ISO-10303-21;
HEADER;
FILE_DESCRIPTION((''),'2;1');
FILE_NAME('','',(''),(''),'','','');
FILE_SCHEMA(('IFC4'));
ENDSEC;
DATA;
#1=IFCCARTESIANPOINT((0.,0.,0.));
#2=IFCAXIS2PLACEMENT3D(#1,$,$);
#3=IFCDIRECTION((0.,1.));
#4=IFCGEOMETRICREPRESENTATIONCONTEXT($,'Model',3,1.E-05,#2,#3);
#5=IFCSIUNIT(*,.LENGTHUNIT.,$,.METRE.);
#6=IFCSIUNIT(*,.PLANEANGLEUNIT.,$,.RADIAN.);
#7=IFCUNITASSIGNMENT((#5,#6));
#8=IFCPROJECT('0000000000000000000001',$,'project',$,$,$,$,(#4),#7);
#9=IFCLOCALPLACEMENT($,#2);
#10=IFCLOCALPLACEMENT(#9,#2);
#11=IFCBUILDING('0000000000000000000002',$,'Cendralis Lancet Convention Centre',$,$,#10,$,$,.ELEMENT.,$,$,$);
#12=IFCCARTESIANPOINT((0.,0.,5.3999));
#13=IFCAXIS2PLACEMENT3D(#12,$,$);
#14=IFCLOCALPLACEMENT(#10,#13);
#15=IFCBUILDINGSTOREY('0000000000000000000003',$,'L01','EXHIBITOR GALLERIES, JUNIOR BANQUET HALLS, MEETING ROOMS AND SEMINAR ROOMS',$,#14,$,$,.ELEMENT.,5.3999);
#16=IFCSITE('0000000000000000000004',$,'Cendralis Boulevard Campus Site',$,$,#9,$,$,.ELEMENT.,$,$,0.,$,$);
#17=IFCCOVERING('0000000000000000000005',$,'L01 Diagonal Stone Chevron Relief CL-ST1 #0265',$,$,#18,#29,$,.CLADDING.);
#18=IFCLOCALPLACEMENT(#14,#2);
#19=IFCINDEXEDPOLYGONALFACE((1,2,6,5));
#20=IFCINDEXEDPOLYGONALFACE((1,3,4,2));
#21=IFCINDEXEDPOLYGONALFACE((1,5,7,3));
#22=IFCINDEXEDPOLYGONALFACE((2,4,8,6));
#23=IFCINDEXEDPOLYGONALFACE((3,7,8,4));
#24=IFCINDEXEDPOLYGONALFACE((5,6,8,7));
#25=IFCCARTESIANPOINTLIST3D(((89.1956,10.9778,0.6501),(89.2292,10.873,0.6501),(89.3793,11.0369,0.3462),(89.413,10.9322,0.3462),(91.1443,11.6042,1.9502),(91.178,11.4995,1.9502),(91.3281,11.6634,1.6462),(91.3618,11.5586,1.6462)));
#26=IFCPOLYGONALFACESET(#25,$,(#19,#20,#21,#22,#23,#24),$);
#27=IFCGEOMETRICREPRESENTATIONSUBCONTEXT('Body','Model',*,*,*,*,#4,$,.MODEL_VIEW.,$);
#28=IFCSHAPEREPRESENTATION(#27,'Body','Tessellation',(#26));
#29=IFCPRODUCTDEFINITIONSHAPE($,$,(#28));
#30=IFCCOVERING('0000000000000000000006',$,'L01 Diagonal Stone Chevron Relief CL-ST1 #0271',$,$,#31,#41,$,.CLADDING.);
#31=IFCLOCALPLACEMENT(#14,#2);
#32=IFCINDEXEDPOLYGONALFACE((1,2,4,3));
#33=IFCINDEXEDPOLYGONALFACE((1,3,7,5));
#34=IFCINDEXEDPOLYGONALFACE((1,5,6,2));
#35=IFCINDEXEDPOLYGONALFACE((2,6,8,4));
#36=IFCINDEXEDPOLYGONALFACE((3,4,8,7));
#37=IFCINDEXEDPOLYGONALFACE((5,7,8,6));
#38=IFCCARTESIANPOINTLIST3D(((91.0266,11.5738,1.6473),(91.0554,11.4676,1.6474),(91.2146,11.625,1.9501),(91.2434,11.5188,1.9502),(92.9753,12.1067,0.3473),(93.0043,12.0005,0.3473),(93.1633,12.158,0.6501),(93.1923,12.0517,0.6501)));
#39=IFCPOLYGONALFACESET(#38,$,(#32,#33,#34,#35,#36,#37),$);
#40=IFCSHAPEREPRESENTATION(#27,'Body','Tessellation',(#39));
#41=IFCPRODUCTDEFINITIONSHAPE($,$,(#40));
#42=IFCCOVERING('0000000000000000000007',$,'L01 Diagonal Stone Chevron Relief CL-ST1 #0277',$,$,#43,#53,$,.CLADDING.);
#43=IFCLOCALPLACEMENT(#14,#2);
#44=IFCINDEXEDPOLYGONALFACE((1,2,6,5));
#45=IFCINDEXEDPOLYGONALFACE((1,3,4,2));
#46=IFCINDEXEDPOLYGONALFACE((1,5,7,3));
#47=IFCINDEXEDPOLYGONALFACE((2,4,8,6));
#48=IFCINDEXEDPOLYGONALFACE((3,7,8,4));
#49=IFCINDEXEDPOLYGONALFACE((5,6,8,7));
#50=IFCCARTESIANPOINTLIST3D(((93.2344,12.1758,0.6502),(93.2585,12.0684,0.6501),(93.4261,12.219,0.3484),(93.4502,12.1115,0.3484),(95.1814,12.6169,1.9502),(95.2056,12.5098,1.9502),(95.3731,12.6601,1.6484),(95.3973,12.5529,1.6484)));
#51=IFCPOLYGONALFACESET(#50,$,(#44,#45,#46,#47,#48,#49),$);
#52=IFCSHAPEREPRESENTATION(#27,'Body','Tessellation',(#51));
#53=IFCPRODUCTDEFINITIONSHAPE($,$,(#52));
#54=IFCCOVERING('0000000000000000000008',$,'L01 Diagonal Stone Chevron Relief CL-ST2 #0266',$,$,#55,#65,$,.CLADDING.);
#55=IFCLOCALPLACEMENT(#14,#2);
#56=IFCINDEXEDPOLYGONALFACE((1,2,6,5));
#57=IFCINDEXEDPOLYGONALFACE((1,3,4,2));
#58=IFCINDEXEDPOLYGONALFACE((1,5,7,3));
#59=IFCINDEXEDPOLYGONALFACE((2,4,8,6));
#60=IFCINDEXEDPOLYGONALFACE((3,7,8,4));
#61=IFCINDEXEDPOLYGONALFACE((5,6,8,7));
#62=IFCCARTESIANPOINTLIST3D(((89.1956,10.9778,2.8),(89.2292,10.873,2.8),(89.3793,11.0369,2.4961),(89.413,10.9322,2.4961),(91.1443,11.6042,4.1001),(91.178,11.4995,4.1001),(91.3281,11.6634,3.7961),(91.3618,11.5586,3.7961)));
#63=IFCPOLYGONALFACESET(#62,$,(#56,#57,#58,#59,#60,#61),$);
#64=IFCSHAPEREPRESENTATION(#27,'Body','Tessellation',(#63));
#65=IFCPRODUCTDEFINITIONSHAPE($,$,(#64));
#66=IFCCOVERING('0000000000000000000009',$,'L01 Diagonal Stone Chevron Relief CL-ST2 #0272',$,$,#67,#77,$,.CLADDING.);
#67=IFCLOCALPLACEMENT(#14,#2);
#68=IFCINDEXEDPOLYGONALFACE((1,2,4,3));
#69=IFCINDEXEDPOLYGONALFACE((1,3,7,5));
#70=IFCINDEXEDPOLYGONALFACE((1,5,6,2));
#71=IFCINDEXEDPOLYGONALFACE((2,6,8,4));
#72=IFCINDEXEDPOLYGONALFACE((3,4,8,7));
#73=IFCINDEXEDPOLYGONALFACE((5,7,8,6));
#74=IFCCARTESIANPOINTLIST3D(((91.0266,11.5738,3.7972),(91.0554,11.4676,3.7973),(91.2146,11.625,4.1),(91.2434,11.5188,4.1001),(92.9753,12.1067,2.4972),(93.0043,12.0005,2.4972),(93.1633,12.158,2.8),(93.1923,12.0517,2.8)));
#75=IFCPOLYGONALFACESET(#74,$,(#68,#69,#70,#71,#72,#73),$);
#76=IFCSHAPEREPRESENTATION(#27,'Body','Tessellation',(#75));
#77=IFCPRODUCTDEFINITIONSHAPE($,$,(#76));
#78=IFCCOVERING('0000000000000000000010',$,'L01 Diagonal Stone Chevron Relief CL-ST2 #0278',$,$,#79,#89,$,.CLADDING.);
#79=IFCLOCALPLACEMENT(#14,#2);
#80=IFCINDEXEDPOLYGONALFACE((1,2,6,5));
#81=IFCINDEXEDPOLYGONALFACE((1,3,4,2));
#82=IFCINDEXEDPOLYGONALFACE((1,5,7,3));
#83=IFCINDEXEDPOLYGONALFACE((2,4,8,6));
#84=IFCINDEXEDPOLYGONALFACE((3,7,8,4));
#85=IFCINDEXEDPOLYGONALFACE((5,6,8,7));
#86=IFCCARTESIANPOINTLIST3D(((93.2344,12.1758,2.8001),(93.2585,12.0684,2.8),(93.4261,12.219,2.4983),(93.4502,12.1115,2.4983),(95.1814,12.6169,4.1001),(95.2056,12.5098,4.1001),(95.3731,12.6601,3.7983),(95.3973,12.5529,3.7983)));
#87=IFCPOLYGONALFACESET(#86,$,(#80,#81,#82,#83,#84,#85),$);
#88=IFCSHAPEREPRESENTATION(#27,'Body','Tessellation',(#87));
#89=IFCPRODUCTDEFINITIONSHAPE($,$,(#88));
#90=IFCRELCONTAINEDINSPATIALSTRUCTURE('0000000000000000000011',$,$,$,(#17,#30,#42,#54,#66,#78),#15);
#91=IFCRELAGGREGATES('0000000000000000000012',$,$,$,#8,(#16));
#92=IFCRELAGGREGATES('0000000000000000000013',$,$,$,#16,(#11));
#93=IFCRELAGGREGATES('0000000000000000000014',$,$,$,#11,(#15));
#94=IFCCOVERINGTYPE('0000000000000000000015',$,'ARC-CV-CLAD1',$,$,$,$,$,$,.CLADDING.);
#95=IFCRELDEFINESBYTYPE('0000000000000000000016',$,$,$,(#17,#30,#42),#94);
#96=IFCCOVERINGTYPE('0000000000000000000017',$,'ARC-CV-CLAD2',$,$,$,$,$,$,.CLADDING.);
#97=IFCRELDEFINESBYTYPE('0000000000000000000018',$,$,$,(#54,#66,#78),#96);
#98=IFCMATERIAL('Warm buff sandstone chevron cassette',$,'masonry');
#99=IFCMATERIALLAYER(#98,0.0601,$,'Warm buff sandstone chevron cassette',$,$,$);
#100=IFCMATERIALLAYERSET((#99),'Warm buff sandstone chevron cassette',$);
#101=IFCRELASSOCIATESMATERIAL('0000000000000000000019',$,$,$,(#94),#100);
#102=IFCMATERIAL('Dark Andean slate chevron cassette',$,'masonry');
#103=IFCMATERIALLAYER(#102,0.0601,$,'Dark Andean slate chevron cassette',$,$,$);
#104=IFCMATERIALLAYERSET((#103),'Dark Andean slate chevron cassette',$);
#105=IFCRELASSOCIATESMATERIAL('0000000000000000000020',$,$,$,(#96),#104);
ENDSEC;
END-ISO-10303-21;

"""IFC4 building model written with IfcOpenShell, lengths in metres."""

from ifc_helpers import new_model, si_unit, direction, frame, origin, place, context, subcontext, project, spatial, polyline, outline, extrude, material, layer, layer_set, type_object, element, save


model = new_model("IFC4")

# Units and contexts
model_context = context("Model", 3, precision=1e-05, world=origin(), true_north=direction((0.0, 1.0)))
body_context = subcontext(model_context, "Body", "Model", "MODEL_VIEW")
ifc_project = project(units=[si_unit("LENGTHUNIT", "METRE"), si_unit("PLANEANGLEUNIT", "RADIAN")], contexts=[model_context])

# Site, building, storey
site_placement = place(None, origin())
site = spatial("IfcSite", under=ifc_project, at=site_placement, Name="Cendralis Boulevard Campus Site", CompositionType="ELEMENT", RefElevation=0.0)
building_placement = place(site_placement, origin())
building = spatial("IfcBuilding", under=site, at=building_placement, Name="Cendralis Lancet Convention Centre", CompositionType="ELEMENT")
storey_placement = place(building_placement, frame((0.0, 0.0, 5.3999)))
storey = spatial("IfcBuildingStorey", under=building, at=storey_placement, Name="L01", Description="EXHIBITOR GALLERIES, JUNIOR BANQUET HALLS, MEETING ROOMS AND SEMINAR ROOMS", CompositionType="ELEMENT", Elevation=5.3999)

# Shared definitions
ifc_material_1 = material(Name="Warm buff sandstone chevron cassette", Category="masonry")

# Coverings
ifc_layer_1 = layer(ifc_material_1, 0.0601, Name="Warm buff sandstone chevron cassette")
ifc_layer_set_1 = layer_set([ifc_layer_1], Name="Warm buff sandstone chevron cassette")
covering_type_1 = type_object("IfcCoveringType", Name="ARC-CV-CLAD1", PredefinedType="CLADDING", material=ifc_layer_set_1)
covering_1_placement = place(storey_placement, frame((89.2292, 10.873, 0.6501), z_axis=(-0.510369, -0.164175, 0.844139), x_axis=(0.803634, 0.258347, 0.536125)))
element("IfcCovering", 1, at=covering_1_placement, inside=storey, type_object=covering_type_1, Name="L01 Diagonal Stone Chevron Relief CL-ST1 #0265", PredefinedType="CLADDING", context=body_context, shape_type="SweptSolid", body=[
    extrude(outline(polyline([(0.0, 0.0), (2.4249, 0.0), (2.4249, 0.11), (0.0, 0.11), (0.0, 0.0)])), origin(), (0.0, 0.0, -1.0), 0.3601),
])
covering_2_placement = place(storey_placement, frame((91.2434, 11.5188, 1.9502), z_axis=(0.522089, 0.142224, 0.840949), x_axis=(0.811167, 0.221819, -0.541114)))
element("IfcCovering", 2, at=covering_2_placement, inside=storey, type_object=covering_type_1, Name="L01 Diagonal Stone Chevron Relief CL-ST1 #0271", PredefinedType="CLADDING", context=body_context, shape_type="SweptSolid", body=[
    extrude(outline(polyline([(0.0, 0.0), (2.4026, 0.0), (2.4026, 0.1101), (0.0002, 0.11), (0.0, 0.0)])), origin(), (0.0, 0.0, -1.0), 0.3601),
])
covering_3_placement = place(storey_placement, frame((93.2585, 12.0684, 0.6501), z_axis=(-0.532354, -0.119916, 0.837985), x_axis=(0.817247, 0.185277, 0.545692)))
element("IfcCovering", 3, at=covering_3_placement, inside=storey, type_object=covering_type_1, Name="L01 Diagonal Stone Chevron Relief CL-ST1 #0277", PredefinedType="CLADDING", context=body_context, shape_type="SweptSolid", body=[
    extrude(outline(polyline([(0.0, 0.0), (2.3824, 0.0), (2.3825, 0.1099), (0.0001, 0.1101), (0.0, 0.0)])), origin(), (0.0, 0.0, -1.0), 0.3601),
])
ifc_material_2 = material(Name="Dark Andean slate chevron cassette", Category="masonry")
ifc_layer_2 = layer(ifc_material_2, 0.0601, Name="Dark Andean slate chevron cassette")
ifc_layer_set_2 = layer_set([ifc_layer_2], Name="Dark Andean slate chevron cassette")
covering_type_2 = type_object("IfcCoveringType", Name="ARC-CV-CLAD2", PredefinedType="CLADDING", material=ifc_layer_set_2)
covering_4_placement = place(storey_placement, frame((89.2292, 10.873, 2.8), z_axis=(-0.510369, -0.164175, 0.844139), x_axis=(0.803634, 0.258347, 0.536125)))
element("IfcCovering", 4, at=covering_4_placement, inside=storey, type_object=covering_type_2, Name="L01 Diagonal Stone Chevron Relief CL-ST2 #0266", PredefinedType="CLADDING", context=body_context, shape_type="SweptSolid", body=[
    extrude(outline(polyline([(0.0, 0.0), (2.4249, 0.0), (2.4249, 0.11), (0.0, 0.11), (0.0, 0.0)])), origin(), (0.0, 0.0, -1.0), 0.3601),
])
covering_5_placement = place(storey_placement, frame((91.2434, 11.5188, 4.1001), z_axis=(0.522089, 0.142224, 0.840949), x_axis=(0.811167, 0.221819, -0.541114)))
element("IfcCovering", 5, at=covering_5_placement, inside=storey, type_object=covering_type_2, Name="L01 Diagonal Stone Chevron Relief CL-ST2 #0272", PredefinedType="CLADDING", context=body_context, shape_type="SweptSolid", body=[
    extrude(outline(polyline([(0.0, 0.0), (2.4026, 0.0), (2.4026, 0.1101), (0.0002, 0.11), (0.0, 0.0)])), origin(), (0.0, 0.0, -1.0), 0.3601),
])
covering_6_placement = place(storey_placement, frame((93.2585, 12.0684, 2.8), z_axis=(-0.532354, -0.119916, 0.837985), x_axis=(0.817247, 0.185277, 0.545692)))
element("IfcCovering", 6, at=covering_6_placement, inside=storey, type_object=covering_type_2, Name="L01 Diagonal Stone Chevron Relief CL-ST2 #0278", PredefinedType="CLADDING", context=body_context, shape_type="SweptSolid", body=[
    extrude(outline(polyline([(0.0, 0.0), (2.3824, 0.0), (2.3825, 0.1099), (0.0001, 0.1101), (0.0, 0.0)])), origin(), (0.0, 0.0, -1.0), 0.3601),
])

save(model, "model.ifc")
